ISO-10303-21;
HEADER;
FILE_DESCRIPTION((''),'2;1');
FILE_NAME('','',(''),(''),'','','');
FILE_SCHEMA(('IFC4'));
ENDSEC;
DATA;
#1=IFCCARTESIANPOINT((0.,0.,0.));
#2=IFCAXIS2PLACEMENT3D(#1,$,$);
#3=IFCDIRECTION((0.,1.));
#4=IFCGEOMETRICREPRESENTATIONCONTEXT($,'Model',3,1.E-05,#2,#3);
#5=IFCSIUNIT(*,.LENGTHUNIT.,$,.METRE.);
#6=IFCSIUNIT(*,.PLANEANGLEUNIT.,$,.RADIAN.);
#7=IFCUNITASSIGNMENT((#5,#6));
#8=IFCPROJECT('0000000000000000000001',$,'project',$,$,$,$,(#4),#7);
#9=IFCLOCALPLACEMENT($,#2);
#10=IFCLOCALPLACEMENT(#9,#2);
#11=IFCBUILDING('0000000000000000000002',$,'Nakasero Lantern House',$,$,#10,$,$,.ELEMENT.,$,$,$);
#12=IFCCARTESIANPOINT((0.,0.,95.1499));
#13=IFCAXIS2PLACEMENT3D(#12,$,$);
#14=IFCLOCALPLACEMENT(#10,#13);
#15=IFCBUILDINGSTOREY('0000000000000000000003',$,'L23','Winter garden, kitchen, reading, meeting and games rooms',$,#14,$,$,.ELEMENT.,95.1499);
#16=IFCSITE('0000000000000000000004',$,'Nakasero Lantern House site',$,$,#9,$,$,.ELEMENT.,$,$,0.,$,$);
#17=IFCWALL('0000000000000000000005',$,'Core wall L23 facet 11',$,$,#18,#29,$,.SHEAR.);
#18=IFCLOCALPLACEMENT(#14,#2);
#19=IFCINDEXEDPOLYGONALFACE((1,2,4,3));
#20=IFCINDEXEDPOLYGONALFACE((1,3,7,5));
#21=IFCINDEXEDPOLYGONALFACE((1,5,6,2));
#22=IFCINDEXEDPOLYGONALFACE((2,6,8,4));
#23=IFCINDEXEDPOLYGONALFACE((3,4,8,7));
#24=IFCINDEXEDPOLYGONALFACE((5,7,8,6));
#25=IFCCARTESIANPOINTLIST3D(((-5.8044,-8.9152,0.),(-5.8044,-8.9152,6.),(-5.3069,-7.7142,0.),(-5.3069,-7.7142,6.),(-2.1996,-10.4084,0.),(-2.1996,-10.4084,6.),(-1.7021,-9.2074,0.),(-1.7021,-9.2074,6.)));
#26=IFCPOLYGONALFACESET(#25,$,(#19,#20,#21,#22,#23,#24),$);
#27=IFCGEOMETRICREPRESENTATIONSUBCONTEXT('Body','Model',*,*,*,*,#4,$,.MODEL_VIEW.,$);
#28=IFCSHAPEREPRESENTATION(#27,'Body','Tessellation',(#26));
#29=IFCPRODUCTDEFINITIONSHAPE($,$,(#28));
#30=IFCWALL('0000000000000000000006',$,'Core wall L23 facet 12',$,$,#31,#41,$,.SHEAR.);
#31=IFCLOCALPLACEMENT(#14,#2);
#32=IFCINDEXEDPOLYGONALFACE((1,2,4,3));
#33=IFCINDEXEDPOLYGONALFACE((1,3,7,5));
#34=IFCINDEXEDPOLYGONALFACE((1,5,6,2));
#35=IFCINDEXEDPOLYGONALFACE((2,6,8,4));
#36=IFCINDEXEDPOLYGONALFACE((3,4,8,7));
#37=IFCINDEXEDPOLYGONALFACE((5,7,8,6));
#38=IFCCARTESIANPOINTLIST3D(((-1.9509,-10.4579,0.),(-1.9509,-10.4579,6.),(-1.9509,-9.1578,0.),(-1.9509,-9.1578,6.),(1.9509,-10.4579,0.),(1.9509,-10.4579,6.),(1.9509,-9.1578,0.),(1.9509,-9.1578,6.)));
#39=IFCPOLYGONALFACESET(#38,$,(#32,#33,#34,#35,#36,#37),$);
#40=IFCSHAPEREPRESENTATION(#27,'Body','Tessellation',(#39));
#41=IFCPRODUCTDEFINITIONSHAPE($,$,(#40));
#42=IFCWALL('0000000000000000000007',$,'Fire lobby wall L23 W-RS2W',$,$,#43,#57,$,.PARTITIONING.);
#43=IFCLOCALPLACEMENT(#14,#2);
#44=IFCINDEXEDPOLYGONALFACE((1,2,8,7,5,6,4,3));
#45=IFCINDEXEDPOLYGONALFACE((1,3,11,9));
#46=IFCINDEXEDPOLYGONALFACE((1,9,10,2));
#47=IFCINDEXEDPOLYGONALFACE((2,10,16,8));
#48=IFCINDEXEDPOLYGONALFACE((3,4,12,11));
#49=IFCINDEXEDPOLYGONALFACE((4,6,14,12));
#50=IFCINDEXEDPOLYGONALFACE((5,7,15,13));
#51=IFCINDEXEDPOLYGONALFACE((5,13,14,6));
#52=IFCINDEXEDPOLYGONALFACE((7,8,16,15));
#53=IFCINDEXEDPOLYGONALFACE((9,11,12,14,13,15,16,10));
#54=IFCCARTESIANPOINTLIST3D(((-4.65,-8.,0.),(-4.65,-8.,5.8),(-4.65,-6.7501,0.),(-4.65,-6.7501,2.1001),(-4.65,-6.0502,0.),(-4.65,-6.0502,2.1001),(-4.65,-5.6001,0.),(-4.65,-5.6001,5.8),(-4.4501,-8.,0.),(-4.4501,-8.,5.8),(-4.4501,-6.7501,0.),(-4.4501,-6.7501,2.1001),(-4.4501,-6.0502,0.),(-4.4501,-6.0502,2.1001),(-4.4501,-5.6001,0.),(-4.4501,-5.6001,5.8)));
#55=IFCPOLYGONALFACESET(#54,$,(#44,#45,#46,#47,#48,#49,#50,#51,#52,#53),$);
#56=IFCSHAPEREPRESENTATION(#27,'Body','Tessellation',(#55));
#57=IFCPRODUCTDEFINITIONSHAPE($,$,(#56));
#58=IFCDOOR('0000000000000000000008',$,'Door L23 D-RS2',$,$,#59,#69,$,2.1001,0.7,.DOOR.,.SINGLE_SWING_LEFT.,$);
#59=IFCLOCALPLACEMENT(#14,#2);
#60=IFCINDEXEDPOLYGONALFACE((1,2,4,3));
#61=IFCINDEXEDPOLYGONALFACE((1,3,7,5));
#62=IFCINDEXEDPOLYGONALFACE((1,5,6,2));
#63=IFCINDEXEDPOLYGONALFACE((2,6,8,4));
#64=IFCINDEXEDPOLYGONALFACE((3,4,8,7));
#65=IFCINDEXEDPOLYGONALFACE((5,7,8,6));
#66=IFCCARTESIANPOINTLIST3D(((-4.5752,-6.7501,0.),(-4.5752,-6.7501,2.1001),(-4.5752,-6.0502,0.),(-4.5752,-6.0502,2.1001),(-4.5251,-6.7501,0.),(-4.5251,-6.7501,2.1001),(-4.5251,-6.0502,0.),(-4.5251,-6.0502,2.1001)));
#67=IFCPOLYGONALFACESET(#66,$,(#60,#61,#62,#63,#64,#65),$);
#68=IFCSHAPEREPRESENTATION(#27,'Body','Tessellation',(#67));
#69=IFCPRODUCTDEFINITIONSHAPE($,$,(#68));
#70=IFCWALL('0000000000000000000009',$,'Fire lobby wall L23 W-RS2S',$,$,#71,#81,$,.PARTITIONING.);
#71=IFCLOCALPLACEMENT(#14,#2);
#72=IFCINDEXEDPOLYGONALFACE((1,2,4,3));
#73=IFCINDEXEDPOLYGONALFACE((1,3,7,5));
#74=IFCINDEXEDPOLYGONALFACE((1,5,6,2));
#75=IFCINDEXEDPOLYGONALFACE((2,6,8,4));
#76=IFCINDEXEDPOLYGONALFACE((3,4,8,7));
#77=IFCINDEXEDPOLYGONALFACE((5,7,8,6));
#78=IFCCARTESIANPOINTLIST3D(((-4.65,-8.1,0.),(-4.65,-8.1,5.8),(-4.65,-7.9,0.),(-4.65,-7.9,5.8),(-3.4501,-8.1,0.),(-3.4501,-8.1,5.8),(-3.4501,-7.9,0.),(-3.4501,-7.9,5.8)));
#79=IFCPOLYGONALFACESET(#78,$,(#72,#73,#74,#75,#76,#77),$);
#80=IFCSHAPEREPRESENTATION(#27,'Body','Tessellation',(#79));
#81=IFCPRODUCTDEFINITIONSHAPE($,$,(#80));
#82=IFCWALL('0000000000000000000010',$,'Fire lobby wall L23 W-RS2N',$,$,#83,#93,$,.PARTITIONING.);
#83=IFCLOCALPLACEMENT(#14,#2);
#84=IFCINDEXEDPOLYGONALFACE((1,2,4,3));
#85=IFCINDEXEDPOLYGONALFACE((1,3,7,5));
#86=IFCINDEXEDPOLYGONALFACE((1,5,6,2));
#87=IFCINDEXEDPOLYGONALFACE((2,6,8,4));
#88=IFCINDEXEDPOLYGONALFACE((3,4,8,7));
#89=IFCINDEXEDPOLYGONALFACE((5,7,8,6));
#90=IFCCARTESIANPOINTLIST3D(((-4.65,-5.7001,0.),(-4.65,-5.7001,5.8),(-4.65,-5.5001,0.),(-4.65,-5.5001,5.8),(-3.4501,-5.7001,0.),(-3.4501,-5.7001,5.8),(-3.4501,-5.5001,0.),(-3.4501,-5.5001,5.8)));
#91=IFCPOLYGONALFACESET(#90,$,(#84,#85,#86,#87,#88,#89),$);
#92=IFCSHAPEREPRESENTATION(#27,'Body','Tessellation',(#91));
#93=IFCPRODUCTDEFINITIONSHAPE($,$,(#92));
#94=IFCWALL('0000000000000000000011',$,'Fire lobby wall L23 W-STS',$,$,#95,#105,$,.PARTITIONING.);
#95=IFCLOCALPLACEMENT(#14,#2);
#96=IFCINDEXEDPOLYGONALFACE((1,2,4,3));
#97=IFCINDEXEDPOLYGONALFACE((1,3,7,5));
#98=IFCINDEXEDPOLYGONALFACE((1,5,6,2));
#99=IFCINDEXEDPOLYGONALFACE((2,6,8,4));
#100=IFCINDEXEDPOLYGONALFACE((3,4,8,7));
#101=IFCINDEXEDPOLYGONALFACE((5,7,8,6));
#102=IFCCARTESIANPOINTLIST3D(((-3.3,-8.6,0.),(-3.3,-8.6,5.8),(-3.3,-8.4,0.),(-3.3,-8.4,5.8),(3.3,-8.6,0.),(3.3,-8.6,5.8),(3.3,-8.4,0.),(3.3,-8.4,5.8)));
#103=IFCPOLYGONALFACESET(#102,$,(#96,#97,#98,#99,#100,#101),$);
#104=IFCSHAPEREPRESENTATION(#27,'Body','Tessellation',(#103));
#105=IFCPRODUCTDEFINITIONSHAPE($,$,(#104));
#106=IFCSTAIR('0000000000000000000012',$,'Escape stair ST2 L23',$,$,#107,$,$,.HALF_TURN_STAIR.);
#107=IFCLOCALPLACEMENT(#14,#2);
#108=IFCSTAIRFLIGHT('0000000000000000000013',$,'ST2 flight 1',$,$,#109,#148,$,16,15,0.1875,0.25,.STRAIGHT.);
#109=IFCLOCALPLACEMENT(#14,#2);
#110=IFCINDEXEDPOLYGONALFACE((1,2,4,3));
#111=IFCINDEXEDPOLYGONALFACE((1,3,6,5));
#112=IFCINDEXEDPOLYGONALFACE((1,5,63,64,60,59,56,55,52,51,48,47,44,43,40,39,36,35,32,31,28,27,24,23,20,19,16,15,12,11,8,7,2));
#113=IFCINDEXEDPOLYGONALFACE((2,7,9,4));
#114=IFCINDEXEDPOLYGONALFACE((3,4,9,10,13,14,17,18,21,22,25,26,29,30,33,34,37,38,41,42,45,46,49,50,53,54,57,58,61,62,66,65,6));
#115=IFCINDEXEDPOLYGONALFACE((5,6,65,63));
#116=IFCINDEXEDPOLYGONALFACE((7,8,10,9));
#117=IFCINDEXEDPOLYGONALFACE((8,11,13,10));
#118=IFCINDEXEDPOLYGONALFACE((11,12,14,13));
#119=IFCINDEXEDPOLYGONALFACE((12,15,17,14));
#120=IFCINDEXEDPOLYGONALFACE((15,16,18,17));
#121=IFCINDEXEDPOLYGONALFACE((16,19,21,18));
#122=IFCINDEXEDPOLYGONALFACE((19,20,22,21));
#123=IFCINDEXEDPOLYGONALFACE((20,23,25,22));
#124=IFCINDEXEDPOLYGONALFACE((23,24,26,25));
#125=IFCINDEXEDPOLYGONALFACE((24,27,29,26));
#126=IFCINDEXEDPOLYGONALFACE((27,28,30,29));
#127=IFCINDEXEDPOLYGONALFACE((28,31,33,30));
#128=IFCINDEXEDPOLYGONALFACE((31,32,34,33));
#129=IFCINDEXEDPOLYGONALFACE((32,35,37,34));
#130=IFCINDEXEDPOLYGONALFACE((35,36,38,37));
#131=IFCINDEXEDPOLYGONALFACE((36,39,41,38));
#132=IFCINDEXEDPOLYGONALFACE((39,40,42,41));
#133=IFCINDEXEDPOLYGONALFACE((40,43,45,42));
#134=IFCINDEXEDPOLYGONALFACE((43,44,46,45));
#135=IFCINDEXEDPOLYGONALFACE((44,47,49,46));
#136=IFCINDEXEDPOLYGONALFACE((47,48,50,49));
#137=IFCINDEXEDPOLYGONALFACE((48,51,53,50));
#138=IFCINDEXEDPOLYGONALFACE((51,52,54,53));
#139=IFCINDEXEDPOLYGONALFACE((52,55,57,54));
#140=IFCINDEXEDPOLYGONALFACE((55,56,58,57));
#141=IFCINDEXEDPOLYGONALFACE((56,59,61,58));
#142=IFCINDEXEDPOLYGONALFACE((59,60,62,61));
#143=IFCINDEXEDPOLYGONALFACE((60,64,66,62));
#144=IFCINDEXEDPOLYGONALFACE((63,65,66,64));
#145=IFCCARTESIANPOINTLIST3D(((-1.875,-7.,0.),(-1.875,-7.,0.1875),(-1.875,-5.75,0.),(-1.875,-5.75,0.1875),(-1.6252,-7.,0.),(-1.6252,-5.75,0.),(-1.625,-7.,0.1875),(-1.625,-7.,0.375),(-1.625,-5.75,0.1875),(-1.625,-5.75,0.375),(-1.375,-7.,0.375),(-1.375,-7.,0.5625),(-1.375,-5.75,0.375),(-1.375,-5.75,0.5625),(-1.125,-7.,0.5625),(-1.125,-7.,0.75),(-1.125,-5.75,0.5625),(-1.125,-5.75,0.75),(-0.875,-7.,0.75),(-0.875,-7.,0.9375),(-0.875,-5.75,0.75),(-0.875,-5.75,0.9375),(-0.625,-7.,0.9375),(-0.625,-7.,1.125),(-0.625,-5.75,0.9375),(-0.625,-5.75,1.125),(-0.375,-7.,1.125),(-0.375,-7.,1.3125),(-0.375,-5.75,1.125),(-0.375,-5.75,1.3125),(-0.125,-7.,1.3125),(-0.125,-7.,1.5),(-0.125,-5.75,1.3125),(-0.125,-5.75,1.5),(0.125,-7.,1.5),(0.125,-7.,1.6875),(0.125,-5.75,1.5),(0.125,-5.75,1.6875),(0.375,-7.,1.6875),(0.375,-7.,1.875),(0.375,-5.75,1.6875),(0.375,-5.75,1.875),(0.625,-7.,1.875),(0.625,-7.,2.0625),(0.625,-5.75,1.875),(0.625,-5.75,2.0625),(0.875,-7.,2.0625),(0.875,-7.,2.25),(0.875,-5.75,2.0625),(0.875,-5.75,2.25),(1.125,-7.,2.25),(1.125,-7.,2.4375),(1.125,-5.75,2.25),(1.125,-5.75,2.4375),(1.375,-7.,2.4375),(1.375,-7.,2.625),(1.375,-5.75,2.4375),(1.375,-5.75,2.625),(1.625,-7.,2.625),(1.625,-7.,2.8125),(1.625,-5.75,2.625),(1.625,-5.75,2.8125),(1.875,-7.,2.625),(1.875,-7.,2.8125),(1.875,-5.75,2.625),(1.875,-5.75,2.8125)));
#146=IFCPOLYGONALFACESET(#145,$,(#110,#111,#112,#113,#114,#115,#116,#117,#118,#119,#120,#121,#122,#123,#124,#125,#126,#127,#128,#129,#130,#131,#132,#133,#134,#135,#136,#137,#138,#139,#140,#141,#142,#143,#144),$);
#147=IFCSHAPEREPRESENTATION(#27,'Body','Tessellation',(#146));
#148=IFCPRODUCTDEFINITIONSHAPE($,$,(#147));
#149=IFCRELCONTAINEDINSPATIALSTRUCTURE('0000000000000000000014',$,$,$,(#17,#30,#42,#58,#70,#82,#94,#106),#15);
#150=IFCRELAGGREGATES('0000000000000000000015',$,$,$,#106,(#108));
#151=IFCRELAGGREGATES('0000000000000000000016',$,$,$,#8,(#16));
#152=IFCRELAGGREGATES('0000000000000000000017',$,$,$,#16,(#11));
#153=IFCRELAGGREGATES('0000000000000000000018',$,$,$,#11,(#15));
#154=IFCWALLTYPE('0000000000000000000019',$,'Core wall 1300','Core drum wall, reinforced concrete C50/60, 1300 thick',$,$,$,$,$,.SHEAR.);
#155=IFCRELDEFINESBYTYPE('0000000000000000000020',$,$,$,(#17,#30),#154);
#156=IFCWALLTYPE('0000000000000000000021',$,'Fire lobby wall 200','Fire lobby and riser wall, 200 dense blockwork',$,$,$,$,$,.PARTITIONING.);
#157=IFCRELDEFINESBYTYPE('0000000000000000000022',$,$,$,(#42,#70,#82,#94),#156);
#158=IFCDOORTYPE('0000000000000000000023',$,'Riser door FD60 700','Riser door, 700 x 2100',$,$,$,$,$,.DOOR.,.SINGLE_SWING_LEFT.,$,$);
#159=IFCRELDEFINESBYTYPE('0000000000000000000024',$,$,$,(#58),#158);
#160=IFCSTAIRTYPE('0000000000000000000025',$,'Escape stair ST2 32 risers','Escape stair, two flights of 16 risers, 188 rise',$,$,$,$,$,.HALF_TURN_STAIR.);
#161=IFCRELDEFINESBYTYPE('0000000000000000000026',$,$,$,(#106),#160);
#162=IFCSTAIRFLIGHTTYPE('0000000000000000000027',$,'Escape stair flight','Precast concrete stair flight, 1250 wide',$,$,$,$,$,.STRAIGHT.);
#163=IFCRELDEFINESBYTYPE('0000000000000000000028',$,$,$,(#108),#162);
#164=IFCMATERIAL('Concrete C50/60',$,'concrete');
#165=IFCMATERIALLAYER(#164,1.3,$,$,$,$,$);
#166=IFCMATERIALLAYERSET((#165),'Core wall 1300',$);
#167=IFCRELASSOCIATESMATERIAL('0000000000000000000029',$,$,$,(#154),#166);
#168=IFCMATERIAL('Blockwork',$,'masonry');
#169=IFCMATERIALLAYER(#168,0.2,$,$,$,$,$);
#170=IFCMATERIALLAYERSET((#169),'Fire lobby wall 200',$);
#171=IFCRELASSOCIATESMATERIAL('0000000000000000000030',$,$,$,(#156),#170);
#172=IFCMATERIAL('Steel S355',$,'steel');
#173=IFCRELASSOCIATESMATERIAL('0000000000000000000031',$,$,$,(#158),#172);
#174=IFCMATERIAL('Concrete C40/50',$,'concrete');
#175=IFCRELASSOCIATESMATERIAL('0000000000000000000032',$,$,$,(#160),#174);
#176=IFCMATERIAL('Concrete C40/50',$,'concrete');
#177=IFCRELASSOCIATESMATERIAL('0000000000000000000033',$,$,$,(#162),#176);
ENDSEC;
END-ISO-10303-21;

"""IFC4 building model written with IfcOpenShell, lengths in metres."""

from ifc_helpers import new_model, si_unit, direction, frame, frame_2d, origin, place, context, subcontext, project, spatial, polyline, rectangle, outline, extrude, material, layer, layer_set, type_object, element, fill, aggregate, save


model = new_model("IFC4")

# Units and contexts
model_context = context("Model", 3, precision=1e-05, world=origin(), true_north=direction((0.0, 1.0)))
body_context = subcontext(model_context, "Body", "Model", "MODEL_VIEW")
ifc_project = project(units=[si_unit("LENGTHUNIT", "METRE"), si_unit("PLANEANGLEUNIT", "RADIAN")], contexts=[model_context])

# Site, building, storey
site_placement = place(None, origin())
site = spatial("IfcSite", under=ifc_project, at=site_placement, Name="Nakasero Lantern House site", CompositionType="ELEMENT", RefElevation=0.0)
building_placement = place(site_placement, origin())
building = spatial("IfcBuilding", under=site, at=building_placement, Name="Nakasero Lantern House", CompositionType="ELEMENT")
storey_placement = place(building_placement, frame((0.0, 0.0, 95.1499)))
storey = spatial("IfcBuildingStorey", under=building, at=storey_placement, Name="L23", Description="Winter garden, kitchen, reading, meeting and games rooms", CompositionType="ELEMENT", Elevation=95.1499)

# Walls
ifc_material_1 = material(Name="Concrete C50/60", Category="concrete")
ifc_layer_1 = layer(ifc_material_1, 1.3)
ifc_layer_set_1 = layer_set([ifc_layer_1], Name="Core wall 1300")
wall_type_1 = type_object("IfcWallType", Name="Core wall 1300", Description="Core drum wall, reinforced concrete C50/60, 1300 thick", PredefinedType="SHEAR", material=ifc_layer_set_1)
for number, where, z_axis, x_axis, name in (
    (1, (-5.5557, -8.3147, 0.0), (0.0, 0.0, 1.0), (0.923877, -0.382691, 0.0), "Core wall L23 facet 11"),
    (2, (-1.9509, -9.8079, 0.0), (0.0, 0.0, 1.0), (1.0, 0.0, 0.0), "Core wall L23 facet 12"),
):
    element("IfcWall", number, at=place(storey_placement, frame(where, z_axis=z_axis, x_axis=x_axis)), inside=storey, type_object=wall_type_1, Name=name, PredefinedType="SHEAR", context=body_context, shape_type="SweptSolid", body=[
        extrude(rectangle(XDim=3.9019, YDim=1.3, at=frame_2d((1.9509, 0.0))), origin(), (0.0, 0.0, 1.0), 6.0),
    ])

# Wall, opening, door
ifc_material_2 = material(Name="Blockwork", Category="masonry")
ifc_layer_2 = layer(ifc_material_2, 0.2)
ifc_layer_set_2 = layer_set([ifc_layer_2], Name="Fire lobby wall 200")
wall_type_2 = type_object("IfcWallType", Name="Fire lobby wall 200", Description="Fire lobby and riser wall, 200 dense blockwork", PredefinedType="PARTITIONING", material=ifc_layer_set_2)
wall_1_placement = place(storey_placement, frame((-4.55, -5.6001, 0.0), z_axis=(0.0, 0.0, 1.0), x_axis=(0.0, -1.0, 0.0)))
wall_1 = element("IfcWall", 3, at=wall_1_placement, inside=storey, type_object=wall_type_2, Name="Fire lobby wall L23 W-RS2W", PredefinedType="PARTITIONING", context=body_context, shape_type="SweptSolid", body=[
    extrude(rectangle(XDim=2.3999, YDim=0.2, at=frame_2d((1.2, 0.0))), origin(), (0.0, 0.0, 1.0), 5.8),
])
opening_1_placement = place(wall_1_placement, frame((0.45, 0.0, 0.0)))
opening_1 = element("IfcOpeningElement", 4, at=opening_1_placement, cuts=wall_1, PredefinedType="OPENING", context=body_context, shape_type="SweptSolid", body=[
    extrude(rectangle(XDim=0.7, YDim=2.1001, at=frame_2d((0.3501, 1.05))), frame((0.0, 0.1199, 0.0), z_axis=(0.0, -1.0, 0.0), x_axis=(1.0, 0.0, 0.0)), (0.0, 0.0, 1.0), 0.24),
])
ifc_material_3 = material(Name="Steel S355", Category="steel")
door_type_1 = type_object("IfcDoorType", Name="Riser door FD60 700", Description="Riser door, 700 x 2100", OperationType="SINGLE_SWING_LEFT", PredefinedType="DOOR", material=ifc_material_3)
door_1_placement = place(opening_1_placement, origin())
door_1 = element("IfcDoor", 5, at=door_1_placement, inside=storey, type_object=door_type_1, Name="Door L23 D-RS2", OperationType="SINGLE_SWING_LEFT", OverallHeight=2.1001, OverallWidth=0.7, PredefinedType="DOOR", context=body_context, shape_type="SweptSolid", body=[
    extrude(rectangle(XDim=0.7, YDim=2.1001, at=frame_2d((0.3501, 1.05))), frame((0.0, 0.0249, 0.0), z_axis=(0.0, -1.0, 0.0), x_axis=(1.0, 0.0, 0.0)), (0.0, 0.0, 1.0), 0.05),
])
fill(opening_1, door_1)

# Walls
for number, where, z_axis, x_axis, name in (
    (6, (-3.45, -8.0, 0.0), (0.0, 0.0, 1.0), (-1.0, 0.0, 0.0), "Fire lobby wall L23 W-RS2S"),
    (7, (-3.45, -5.6001, 0.0), (0.0, 0.0, 1.0), (-1.0, 0.0, 0.0), "Fire lobby wall L23 W-RS2N"),
):
    element("IfcWall", number, at=place(storey_placement, frame(where, z_axis=z_axis, x_axis=x_axis)), inside=storey, type_object=wall_type_2, Name=name, PredefinedType="PARTITIONING", context=body_context, shape_type="SweptSolid", body=[
        extrude(rectangle(XDim=1.2, YDim=0.2, at=frame_2d((0.6001, 0.0))), origin(), (0.0, 0.0, 1.0), 5.8),
    ])
wall_2_placement = place(storey_placement, frame((-3.3, -8.5, 0.0), z_axis=(0.0, 0.0, 1.0), x_axis=(1.0, 0.0, 0.0)))
element("IfcWall", 8, at=wall_2_placement, inside=storey, type_object=wall_type_2, Name="Fire lobby wall L23 W-STS", PredefinedType="PARTITIONING", context=body_context, shape_type="SweptSolid", body=[
    extrude(rectangle(XDim=6.6001, YDim=0.2, at=frame_2d((3.3, 0.0))), origin(), (0.0, 0.0, 1.0), 5.8),
])

# Stair, stair flight
ifc_material_4 = material(Name="Concrete C40/50", Category="concrete")
stair_type = type_object("IfcStairType", Name="Escape stair ST2 32 risers", Description="Escape stair, two flights of 16 risers, 188 rise", PredefinedType="HALF_TURN_STAIR", material=ifc_material_4)
stair_placement = place(storey_placement, origin())
stair = element("IfcStair", 9, at=stair_placement, inside=storey, type_object=stair_type, Name="Escape stair ST2 L23", PredefinedType="HALF_TURN_STAIR")
ifc_material_5 = material(Name="Concrete C40/50", Category="concrete")
stair_flight_type = type_object("IfcStairFlightType", Name="Escape stair flight", Description="Precast concrete stair flight, 1250 wide", PredefinedType="STRAIGHT", material=ifc_material_5)
stair_flight_placement = place(storey_placement, frame((-1.875, -6.375, 0.0), z_axis=(0.0, 0.0, 1.0), x_axis=(1.0, 0.0, 0.0)))
stair_flight = element("IfcStairFlight", 10, at=stair_flight_placement, type_object=stair_flight_type, Name="ST2 flight 1", NumberOfRisers=16, NumberOfTreads=15, PredefinedType="STRAIGHT", RiserHeight=0.1875, TreadLength=0.25, context=body_context, shape_type="SweptSolid", body=[
    extrude(outline(polyline([(0.0, 0.0), (0.0, 0.1875), (0.25, 0.1875), (0.25, 0.375), (0.5, 0.375), (0.5, 0.5625), (0.75, 0.5625), (0.75, 0.75), (1.0, 0.75), (1.0, 0.9375), (1.25, 0.9375), (1.25, 1.125), (1.5, 1.125), (1.5, 1.3125), (1.75, 1.3125), (1.75, 1.5), (2.0, 1.5), (2.0, 1.6875), (2.25, 1.6875), (2.25, 1.875), (2.5, 1.875), (2.5, 2.0625), (2.75, 2.0625), (2.75, 2.25), (3.0, 2.25), (3.0, 2.4375), (3.25, 2.4375), (3.25, 2.625), (3.5, 2.625), (3.5, 2.8125), (3.75, 2.8125), (3.75, 3.0), (3.75, 2.625), (0.2498, 0.0), (0.0, 0.0)])), frame((0.0, 0.625, 0.0), z_axis=(0.0, -1.0, 0.0), x_axis=(1.0, 0.0, 0.0)), (0.0, 0.0, 1.0), 1.25),
])
aggregate(stair, [stair_flight])

save(model, "model.ifc")
